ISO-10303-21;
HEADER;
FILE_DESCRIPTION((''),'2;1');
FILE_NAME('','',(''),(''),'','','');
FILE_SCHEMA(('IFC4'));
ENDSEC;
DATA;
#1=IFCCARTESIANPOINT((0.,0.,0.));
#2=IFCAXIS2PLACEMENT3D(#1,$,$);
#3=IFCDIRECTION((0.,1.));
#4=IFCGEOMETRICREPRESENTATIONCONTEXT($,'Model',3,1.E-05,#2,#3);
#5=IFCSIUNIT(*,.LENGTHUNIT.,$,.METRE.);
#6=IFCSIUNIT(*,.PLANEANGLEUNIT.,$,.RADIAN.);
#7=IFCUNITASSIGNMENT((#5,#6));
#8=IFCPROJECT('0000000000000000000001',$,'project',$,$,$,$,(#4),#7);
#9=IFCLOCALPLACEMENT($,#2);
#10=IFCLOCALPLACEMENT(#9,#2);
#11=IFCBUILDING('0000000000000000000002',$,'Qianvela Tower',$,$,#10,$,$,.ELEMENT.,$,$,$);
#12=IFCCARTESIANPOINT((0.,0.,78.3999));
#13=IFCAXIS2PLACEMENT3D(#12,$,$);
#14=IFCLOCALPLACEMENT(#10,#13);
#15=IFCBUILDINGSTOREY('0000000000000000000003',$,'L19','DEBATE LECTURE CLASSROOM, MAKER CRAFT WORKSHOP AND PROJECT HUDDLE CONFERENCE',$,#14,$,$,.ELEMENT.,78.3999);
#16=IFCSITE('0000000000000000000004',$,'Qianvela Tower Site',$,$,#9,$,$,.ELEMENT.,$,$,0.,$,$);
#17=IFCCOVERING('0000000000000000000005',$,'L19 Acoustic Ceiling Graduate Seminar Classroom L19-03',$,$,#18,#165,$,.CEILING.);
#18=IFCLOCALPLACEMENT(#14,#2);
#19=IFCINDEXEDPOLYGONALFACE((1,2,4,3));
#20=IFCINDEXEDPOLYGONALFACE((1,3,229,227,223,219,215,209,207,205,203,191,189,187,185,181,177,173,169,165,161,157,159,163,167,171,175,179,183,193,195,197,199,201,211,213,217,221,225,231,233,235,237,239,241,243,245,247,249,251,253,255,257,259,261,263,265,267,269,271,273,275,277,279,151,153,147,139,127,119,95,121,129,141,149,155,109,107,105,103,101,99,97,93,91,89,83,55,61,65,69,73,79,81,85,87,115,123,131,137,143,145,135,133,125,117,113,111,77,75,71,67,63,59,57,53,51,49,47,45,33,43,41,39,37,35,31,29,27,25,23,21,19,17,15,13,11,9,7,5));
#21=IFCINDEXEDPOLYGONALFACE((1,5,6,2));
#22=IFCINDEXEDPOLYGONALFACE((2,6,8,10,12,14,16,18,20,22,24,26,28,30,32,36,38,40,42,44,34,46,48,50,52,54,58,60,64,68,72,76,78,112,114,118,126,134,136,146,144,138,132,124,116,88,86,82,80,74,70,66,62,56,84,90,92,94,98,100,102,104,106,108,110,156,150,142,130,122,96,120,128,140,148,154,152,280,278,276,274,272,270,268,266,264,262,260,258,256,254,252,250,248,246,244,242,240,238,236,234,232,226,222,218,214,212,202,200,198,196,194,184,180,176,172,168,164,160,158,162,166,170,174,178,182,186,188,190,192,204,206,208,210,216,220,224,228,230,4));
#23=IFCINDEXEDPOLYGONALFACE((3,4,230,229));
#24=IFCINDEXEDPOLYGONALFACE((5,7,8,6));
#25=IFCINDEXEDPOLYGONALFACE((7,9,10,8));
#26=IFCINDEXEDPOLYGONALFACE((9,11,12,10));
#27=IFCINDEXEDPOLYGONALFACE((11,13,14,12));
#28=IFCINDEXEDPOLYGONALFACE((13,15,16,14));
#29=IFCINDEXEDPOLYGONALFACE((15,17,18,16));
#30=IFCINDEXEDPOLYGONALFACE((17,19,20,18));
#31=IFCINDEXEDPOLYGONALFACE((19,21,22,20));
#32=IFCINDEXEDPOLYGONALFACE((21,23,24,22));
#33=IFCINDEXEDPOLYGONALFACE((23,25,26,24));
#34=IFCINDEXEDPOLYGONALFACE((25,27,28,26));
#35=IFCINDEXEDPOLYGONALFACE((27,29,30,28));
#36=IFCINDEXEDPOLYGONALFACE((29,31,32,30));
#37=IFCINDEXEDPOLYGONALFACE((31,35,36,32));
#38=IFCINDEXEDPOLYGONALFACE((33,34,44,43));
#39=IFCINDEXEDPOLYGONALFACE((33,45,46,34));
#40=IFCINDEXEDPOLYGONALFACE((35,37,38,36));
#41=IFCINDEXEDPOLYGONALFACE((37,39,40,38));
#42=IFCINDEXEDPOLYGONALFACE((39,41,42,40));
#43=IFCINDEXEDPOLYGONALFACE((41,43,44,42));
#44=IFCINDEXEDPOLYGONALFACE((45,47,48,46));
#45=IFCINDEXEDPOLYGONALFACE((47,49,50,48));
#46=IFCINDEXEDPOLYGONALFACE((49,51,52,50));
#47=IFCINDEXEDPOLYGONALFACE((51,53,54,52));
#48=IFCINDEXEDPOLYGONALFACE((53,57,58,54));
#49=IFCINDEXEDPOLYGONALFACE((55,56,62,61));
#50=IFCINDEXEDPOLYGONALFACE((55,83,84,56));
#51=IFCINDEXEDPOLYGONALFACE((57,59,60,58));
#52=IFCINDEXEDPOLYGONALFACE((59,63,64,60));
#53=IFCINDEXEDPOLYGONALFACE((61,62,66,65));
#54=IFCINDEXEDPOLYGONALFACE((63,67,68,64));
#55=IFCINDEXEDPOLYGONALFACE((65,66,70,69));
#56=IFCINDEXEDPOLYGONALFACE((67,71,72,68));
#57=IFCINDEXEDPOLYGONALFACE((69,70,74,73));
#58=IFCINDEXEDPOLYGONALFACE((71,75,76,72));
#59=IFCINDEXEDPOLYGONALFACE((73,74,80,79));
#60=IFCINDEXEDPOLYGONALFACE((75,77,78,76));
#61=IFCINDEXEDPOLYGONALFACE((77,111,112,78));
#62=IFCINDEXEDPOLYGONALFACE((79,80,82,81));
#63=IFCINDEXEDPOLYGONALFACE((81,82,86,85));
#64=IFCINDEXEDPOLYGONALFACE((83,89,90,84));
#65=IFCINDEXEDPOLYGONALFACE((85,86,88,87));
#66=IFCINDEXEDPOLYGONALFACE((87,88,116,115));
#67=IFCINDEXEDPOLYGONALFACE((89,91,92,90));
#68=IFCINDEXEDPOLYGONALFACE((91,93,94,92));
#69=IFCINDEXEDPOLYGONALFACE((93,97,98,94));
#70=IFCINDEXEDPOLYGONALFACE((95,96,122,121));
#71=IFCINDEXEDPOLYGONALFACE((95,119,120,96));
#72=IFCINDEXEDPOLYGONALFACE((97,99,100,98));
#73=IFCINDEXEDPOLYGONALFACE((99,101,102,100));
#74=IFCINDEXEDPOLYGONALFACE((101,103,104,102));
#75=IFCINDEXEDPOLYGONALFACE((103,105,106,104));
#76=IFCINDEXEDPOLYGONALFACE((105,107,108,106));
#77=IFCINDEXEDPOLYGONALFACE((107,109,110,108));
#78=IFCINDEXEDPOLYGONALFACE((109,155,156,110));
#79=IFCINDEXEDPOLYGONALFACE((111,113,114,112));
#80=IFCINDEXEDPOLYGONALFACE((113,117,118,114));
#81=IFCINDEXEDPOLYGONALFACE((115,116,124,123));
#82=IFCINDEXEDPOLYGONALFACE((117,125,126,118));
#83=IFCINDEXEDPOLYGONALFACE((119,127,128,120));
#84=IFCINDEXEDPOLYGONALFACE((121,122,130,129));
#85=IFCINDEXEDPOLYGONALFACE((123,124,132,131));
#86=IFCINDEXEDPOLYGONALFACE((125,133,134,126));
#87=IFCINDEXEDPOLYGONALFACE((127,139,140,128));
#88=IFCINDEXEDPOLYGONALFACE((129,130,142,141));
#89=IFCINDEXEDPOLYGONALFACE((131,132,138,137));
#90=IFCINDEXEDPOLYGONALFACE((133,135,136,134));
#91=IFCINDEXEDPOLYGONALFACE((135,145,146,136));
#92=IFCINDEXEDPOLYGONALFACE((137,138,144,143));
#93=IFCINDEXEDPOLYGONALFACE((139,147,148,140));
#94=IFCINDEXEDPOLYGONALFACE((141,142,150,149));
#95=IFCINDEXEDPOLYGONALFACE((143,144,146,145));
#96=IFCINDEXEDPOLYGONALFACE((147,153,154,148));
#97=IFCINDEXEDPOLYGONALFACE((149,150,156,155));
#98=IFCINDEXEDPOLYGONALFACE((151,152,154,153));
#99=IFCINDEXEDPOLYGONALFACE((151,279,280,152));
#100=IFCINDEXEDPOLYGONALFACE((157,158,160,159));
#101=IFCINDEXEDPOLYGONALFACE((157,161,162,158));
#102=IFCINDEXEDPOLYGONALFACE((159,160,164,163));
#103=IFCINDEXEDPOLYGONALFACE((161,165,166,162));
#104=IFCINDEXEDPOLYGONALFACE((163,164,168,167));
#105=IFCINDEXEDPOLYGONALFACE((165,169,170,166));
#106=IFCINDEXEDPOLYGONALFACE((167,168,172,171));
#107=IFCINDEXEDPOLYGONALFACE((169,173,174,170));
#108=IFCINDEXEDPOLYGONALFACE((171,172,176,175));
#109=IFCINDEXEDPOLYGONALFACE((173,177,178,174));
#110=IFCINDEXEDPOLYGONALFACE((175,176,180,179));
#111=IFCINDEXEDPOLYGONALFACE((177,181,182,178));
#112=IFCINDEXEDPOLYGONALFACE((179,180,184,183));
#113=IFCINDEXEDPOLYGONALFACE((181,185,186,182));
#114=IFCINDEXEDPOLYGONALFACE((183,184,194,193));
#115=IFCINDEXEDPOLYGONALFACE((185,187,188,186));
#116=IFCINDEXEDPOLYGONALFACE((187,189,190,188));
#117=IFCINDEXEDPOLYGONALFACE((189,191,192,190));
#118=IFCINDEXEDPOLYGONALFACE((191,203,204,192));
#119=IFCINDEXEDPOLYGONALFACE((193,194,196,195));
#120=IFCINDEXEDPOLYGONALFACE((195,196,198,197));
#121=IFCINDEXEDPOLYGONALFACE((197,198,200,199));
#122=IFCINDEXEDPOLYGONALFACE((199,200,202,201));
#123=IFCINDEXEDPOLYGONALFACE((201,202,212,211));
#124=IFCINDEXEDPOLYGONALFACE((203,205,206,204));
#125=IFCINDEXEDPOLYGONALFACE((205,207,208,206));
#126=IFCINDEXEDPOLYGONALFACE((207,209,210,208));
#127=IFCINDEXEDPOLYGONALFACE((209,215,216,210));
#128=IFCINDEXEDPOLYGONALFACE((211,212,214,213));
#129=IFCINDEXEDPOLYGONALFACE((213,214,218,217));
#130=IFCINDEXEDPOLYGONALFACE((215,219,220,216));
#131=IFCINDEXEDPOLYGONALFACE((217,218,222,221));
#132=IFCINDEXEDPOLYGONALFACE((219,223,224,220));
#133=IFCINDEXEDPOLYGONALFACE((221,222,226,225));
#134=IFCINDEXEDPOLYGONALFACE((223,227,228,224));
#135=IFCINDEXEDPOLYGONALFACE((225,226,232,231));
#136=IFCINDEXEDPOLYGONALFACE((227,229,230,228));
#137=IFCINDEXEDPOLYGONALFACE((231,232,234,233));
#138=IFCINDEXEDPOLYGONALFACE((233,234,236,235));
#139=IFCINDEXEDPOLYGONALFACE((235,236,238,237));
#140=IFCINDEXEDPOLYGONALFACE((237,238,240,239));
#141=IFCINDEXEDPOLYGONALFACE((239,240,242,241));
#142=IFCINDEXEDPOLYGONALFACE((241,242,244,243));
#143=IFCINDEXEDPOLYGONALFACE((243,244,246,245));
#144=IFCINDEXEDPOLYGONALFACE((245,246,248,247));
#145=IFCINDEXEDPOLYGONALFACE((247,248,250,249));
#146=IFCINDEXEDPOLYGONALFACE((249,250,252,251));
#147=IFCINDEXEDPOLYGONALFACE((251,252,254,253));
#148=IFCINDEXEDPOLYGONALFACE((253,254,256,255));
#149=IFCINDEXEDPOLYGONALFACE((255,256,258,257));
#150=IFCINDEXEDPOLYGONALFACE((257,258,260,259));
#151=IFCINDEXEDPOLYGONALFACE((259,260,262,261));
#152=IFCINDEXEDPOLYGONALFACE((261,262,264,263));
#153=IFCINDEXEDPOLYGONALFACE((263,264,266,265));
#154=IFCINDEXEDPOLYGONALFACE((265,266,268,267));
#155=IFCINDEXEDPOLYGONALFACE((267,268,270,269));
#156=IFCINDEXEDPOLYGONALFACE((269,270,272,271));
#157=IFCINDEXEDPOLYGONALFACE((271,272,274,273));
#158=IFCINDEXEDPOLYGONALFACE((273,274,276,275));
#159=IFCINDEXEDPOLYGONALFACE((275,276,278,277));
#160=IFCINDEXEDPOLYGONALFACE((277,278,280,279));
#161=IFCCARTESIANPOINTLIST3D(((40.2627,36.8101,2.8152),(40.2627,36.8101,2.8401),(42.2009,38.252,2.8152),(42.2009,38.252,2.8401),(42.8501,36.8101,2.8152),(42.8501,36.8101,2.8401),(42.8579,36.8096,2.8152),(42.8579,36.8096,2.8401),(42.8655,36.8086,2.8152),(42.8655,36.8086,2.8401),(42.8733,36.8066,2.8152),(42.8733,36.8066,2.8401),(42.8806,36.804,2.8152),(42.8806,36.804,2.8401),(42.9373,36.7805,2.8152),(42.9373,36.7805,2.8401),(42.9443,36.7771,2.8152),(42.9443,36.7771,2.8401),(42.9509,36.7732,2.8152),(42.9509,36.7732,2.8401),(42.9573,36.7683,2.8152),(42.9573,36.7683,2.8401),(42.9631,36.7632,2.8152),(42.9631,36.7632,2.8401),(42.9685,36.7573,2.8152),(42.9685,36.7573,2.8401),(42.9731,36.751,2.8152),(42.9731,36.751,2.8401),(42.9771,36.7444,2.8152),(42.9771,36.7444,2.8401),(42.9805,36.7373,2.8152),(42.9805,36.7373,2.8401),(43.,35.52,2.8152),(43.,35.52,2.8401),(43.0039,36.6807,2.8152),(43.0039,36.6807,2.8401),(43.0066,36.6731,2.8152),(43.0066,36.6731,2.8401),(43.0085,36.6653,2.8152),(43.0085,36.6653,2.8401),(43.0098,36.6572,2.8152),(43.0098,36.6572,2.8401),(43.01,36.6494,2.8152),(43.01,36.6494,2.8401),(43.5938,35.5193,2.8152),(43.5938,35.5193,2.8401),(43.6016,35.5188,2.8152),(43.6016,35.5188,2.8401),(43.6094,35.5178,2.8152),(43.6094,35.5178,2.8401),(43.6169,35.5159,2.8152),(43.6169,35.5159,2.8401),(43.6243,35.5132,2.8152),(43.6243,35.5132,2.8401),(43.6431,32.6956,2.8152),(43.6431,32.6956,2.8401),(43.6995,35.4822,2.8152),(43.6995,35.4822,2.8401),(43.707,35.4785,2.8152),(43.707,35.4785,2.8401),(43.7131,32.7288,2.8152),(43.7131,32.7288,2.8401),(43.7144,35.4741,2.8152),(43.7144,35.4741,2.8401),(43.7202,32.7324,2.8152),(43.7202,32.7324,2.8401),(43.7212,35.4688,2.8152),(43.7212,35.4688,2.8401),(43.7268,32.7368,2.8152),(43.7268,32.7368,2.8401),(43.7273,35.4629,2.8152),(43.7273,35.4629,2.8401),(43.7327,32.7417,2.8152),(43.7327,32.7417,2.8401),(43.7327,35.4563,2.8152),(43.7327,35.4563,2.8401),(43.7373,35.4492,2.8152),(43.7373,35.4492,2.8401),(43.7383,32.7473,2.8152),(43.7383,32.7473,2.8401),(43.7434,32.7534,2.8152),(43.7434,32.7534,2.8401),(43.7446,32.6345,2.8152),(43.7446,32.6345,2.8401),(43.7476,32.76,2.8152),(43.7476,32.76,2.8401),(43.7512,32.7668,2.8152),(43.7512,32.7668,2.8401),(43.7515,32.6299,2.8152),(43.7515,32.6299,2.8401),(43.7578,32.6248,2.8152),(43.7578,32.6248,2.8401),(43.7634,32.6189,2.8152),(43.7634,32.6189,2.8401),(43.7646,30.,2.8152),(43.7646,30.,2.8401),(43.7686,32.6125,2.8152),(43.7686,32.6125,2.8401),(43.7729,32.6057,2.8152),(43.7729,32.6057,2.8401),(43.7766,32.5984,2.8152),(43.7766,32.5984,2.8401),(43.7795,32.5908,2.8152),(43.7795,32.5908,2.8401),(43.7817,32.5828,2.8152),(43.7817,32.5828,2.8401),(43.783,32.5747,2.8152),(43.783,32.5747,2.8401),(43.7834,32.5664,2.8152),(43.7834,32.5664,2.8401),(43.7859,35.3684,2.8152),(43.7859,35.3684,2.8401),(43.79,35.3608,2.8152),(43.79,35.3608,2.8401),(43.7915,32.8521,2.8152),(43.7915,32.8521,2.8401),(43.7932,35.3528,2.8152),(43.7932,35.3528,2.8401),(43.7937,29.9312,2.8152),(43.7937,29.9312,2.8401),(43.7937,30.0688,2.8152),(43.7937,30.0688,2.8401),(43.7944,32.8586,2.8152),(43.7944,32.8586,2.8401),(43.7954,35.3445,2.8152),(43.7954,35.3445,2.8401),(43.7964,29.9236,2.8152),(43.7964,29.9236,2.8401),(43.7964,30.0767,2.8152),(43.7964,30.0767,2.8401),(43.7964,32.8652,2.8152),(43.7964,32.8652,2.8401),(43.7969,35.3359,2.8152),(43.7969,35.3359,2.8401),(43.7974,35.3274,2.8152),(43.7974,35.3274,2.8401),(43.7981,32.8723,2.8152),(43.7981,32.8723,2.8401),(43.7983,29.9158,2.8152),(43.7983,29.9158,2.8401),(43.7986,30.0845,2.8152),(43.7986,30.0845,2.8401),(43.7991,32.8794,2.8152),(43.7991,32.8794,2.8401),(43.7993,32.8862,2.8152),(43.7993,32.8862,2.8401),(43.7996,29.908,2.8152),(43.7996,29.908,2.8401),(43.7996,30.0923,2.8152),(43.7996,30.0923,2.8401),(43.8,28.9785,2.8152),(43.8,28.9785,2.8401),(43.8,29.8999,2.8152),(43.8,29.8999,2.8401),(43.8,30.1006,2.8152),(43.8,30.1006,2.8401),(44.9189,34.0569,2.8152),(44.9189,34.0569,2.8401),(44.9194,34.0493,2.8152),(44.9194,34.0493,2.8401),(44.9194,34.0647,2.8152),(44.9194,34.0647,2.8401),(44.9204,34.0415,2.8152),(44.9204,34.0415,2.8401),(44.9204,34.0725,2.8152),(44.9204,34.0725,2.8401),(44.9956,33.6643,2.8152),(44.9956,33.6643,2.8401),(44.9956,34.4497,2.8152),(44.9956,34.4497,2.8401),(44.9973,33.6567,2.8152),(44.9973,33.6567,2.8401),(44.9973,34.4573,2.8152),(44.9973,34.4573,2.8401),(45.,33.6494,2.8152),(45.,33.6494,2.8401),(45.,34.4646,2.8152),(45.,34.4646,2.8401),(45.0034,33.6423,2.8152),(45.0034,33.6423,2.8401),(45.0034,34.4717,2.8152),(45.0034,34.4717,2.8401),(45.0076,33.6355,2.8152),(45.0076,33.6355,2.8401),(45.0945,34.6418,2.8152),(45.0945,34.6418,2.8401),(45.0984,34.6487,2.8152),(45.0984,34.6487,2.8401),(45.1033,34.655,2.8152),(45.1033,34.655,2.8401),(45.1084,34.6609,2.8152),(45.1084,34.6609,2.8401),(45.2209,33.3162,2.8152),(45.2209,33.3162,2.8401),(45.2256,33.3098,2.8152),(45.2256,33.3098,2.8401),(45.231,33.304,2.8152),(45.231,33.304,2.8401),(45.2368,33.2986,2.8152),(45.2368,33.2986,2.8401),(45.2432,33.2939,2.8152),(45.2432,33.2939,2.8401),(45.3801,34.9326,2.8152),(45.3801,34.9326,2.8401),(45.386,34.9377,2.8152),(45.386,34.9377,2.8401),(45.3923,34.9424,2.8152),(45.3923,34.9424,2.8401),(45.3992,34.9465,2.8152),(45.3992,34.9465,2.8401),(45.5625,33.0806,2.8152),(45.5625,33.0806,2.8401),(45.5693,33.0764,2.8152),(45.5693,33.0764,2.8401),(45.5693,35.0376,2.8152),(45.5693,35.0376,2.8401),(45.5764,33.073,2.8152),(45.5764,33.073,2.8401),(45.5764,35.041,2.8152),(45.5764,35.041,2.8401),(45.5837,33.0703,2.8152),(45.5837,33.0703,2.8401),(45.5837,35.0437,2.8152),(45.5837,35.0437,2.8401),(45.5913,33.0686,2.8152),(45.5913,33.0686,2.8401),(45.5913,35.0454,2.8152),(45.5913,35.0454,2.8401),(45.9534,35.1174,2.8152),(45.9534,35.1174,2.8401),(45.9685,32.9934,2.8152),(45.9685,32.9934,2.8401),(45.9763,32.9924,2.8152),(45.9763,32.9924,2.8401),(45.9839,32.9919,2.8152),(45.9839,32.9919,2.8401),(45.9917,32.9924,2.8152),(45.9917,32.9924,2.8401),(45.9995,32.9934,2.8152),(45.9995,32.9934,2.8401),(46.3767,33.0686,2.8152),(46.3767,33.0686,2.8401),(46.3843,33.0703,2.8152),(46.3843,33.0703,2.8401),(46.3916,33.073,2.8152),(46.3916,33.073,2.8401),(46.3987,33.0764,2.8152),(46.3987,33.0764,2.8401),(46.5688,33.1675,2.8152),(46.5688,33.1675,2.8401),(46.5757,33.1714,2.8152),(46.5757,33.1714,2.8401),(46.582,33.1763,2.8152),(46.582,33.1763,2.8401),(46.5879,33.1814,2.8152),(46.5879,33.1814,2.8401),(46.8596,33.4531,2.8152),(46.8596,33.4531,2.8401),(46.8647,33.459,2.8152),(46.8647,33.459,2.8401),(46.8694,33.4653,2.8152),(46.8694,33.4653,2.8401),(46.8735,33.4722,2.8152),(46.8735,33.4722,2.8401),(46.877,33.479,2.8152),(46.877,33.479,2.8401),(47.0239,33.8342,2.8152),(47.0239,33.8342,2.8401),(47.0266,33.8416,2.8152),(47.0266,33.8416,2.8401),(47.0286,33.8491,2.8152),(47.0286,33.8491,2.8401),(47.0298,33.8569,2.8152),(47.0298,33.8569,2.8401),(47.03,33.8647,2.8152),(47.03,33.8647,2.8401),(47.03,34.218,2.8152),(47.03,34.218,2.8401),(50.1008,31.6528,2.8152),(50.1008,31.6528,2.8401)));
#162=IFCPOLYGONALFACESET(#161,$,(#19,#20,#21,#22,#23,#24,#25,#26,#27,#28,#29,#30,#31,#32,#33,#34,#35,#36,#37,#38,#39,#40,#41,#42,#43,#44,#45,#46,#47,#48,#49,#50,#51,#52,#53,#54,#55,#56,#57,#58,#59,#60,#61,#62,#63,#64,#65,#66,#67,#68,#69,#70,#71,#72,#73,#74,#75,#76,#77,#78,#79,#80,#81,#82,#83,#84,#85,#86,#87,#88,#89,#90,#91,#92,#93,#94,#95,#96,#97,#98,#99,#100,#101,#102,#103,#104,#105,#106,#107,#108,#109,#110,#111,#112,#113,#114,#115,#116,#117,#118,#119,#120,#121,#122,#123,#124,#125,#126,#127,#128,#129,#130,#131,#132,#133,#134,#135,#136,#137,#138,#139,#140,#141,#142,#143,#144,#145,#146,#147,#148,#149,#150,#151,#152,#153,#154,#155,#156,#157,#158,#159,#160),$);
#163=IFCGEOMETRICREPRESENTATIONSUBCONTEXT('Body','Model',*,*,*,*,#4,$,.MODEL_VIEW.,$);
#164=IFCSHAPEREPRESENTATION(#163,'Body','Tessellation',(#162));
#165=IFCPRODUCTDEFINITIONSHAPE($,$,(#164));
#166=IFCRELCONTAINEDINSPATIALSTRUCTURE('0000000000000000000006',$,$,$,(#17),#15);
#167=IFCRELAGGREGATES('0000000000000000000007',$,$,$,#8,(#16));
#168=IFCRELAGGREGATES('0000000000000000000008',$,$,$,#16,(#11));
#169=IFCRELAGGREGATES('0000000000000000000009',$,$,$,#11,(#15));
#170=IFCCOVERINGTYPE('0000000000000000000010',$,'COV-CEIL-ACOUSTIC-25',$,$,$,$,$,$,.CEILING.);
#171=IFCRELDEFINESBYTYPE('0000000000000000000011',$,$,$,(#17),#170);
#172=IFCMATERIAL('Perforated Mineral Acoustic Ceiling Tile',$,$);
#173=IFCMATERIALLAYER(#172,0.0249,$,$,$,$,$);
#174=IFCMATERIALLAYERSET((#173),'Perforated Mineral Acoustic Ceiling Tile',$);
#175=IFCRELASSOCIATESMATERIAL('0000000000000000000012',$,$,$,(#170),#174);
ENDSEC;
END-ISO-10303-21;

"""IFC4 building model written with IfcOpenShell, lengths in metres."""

from ifc_helpers import new_model, si_unit, direction, frame, origin, place, context, subcontext, project, spatial, polyline, outline, extrude, material, layer, layer_set, type_object, element, save


model = new_model("IFC4")

# Units and contexts
model_context = context("Model", 3, precision=1e-05, world=origin(), true_north=direction((0.0, 1.0)))
body_context = subcontext(model_context, "Body", "Model", "MODEL_VIEW")
ifc_project = project(units=[si_unit("LENGTHUNIT", "METRE"), si_unit("PLANEANGLEUNIT", "RADIAN")], contexts=[model_context])

# Site, building, storey
site_placement = place(None, origin())
site = spatial("IfcSite", under=ifc_project, at=site_placement, Name="Qianvela Tower Site", CompositionType="ELEMENT", RefElevation=0.0)
building_placement = place(site_placement, origin())
building = spatial("IfcBuilding", under=site, at=building_placement, Name="Qianvela Tower", CompositionType="ELEMENT")
storey_placement = place(building_placement, frame((0.0, 0.0, 78.3999)))
storey = spatial("IfcBuildingStorey", under=building, at=storey_placement, Name="L19", Description="DEBATE LECTURE CLASSROOM, MAKER CRAFT WORKSHOP AND PROJECT HUDDLE CONFERENCE", CompositionType="ELEMENT", Elevation=78.3999)

# Covering
ifc_material_1 = material(Name="Perforated Mineral Acoustic Ceiling Tile")
ifc_layer_1 = layer(ifc_material_1, 0.0249)
ifc_layer_set_1 = layer_set([ifc_layer_1], Name="Perforated Mineral Acoustic Ceiling Tile")
covering_type_1 = type_object("IfcCoveringType", Name="COV-CEIL-ACOUSTIC-25", PredefinedType="CEILING", material=ifc_layer_set_1)
covering_1_placement = place(storey_placement, frame((0.0, 0.0, 2.8152)))
element("IfcCovering", 1, at=covering_1_placement, inside=storey, type_object=covering_type_1, Name="L19 Acoustic Ceiling Graduate Seminar Classroom L19-03", PredefinedType="CEILING", context=body_context, shape_type="SweptSolid", body=[
    extrude(outline(polyline([(43.6431, 32.6956), (43.7131, 32.7288), (43.7202, 32.7324), (43.7268, 32.7368), (43.7327, 32.7417), (43.7383, 32.7473), (43.7434, 32.7534), (43.7476, 32.76), (43.7512, 32.7668), (43.7915, 32.8521), (43.7944, 32.8586), (43.7964, 32.8652), (43.7981, 32.8723), (43.7991, 32.8794), (43.7993, 32.8862), (43.7974, 35.3274), (43.7969, 35.3359), (43.7954, 35.3445), (43.7932, 35.3528), (43.79, 35.3608), (43.7859, 35.3684), (43.7373, 35.4492), (43.7327, 35.4563), (43.7273, 35.4629), (43.7212, 35.4688), (43.7144, 35.4741), (43.707, 35.4785), (43.6995, 35.4822), (43.6243, 35.5132), (43.6169, 35.5159), (43.6094, 35.5178), (43.6016, 35.5188), (43.5938, 35.5193), (43.0, 35.52), (43.01, 36.6494), (43.0098, 36.6572), (43.0085, 36.6653), (43.0066, 36.6731), (43.0039, 36.6807), (42.9805, 36.7373), (42.9771, 36.7444), (42.9731, 36.751), (42.9685, 36.7573), (42.9631, 36.7632), (42.9573, 36.7683), (42.9509, 36.7732), (42.9443, 36.7771), (42.9373, 36.7805), (42.8806, 36.804), (42.8733, 36.8066), (42.8655, 36.8086), (42.8579, 36.8096), (42.8501, 36.8101), (40.2627, 36.8101), (42.2009, 38.252), (45.9534, 35.1174), (45.5913, 35.0454), (45.5837, 35.0437), (45.5764, 35.041), (45.5693, 35.0376), (45.3992, 34.9465), (45.3923, 34.9424), (45.386, 34.9377), (45.3801, 34.9326), (45.1084, 34.6609), (45.1033, 34.655), (45.0984, 34.6487), (45.0945, 34.6418), (45.0034, 34.4717), (45.0, 34.4646), (44.9973, 34.4573), (44.9956, 34.4497), (44.9204, 34.0725), (44.9194, 34.0647), (44.9189, 34.0569), (44.9194, 34.0493), (44.9204, 34.0415), (44.9956, 33.6643), (44.9973, 33.6567), (45.0, 33.6494), (45.0034, 33.6423), (45.0076, 33.6355), (45.2209, 33.3162), (45.2256, 33.3098), (45.231, 33.304), (45.2368, 33.2986), (45.2432, 33.2939), (45.5625, 33.0806), (45.5693, 33.0764), (45.5764, 33.073), (45.5837, 33.0703), (45.5913, 33.0686), (45.9685, 32.9934), (45.9763, 32.9924), (45.9839, 32.9919), (45.9917, 32.9924), (45.9995, 32.9934), (46.3767, 33.0686), (46.3843, 33.0703), (46.3916, 33.073), (46.3987, 33.0764), (46.5688, 33.1675), (46.5757, 33.1714), (46.582, 33.1763), (46.5879, 33.1814), (46.8596, 33.4531), (46.8647, 33.459), (46.8694, 33.4653), (46.8735, 33.4722), (46.877, 33.479), (47.0239, 33.8342), (47.0266, 33.8416), (47.0286, 33.8491), (47.0298, 33.8569), (47.03, 33.8647), (47.03, 34.218), (50.1008, 31.6528), (43.8, 28.9785), (43.8, 29.8999), (43.7996, 29.908), (43.7983, 29.9158), (43.7964, 29.9236), (43.7937, 29.9312), (43.7646, 30.0), (43.7937, 30.0688), (43.7964, 30.0767), (43.7986, 30.0845), (43.7996, 30.0923), (43.8, 30.1006), (43.7834, 32.5664), (43.783, 32.5747), (43.7817, 32.5828), (43.7795, 32.5908), (43.7766, 32.5984), (43.7729, 32.6057), (43.7686, 32.6125), (43.7634, 32.6189), (43.7578, 32.6248), (43.7515, 32.6299), (43.7446, 32.6345), (43.6431, 32.6956)])), origin(), (0.0, 0.0, 1.0), 0.0249),
])

save(model, "model.ifc")
